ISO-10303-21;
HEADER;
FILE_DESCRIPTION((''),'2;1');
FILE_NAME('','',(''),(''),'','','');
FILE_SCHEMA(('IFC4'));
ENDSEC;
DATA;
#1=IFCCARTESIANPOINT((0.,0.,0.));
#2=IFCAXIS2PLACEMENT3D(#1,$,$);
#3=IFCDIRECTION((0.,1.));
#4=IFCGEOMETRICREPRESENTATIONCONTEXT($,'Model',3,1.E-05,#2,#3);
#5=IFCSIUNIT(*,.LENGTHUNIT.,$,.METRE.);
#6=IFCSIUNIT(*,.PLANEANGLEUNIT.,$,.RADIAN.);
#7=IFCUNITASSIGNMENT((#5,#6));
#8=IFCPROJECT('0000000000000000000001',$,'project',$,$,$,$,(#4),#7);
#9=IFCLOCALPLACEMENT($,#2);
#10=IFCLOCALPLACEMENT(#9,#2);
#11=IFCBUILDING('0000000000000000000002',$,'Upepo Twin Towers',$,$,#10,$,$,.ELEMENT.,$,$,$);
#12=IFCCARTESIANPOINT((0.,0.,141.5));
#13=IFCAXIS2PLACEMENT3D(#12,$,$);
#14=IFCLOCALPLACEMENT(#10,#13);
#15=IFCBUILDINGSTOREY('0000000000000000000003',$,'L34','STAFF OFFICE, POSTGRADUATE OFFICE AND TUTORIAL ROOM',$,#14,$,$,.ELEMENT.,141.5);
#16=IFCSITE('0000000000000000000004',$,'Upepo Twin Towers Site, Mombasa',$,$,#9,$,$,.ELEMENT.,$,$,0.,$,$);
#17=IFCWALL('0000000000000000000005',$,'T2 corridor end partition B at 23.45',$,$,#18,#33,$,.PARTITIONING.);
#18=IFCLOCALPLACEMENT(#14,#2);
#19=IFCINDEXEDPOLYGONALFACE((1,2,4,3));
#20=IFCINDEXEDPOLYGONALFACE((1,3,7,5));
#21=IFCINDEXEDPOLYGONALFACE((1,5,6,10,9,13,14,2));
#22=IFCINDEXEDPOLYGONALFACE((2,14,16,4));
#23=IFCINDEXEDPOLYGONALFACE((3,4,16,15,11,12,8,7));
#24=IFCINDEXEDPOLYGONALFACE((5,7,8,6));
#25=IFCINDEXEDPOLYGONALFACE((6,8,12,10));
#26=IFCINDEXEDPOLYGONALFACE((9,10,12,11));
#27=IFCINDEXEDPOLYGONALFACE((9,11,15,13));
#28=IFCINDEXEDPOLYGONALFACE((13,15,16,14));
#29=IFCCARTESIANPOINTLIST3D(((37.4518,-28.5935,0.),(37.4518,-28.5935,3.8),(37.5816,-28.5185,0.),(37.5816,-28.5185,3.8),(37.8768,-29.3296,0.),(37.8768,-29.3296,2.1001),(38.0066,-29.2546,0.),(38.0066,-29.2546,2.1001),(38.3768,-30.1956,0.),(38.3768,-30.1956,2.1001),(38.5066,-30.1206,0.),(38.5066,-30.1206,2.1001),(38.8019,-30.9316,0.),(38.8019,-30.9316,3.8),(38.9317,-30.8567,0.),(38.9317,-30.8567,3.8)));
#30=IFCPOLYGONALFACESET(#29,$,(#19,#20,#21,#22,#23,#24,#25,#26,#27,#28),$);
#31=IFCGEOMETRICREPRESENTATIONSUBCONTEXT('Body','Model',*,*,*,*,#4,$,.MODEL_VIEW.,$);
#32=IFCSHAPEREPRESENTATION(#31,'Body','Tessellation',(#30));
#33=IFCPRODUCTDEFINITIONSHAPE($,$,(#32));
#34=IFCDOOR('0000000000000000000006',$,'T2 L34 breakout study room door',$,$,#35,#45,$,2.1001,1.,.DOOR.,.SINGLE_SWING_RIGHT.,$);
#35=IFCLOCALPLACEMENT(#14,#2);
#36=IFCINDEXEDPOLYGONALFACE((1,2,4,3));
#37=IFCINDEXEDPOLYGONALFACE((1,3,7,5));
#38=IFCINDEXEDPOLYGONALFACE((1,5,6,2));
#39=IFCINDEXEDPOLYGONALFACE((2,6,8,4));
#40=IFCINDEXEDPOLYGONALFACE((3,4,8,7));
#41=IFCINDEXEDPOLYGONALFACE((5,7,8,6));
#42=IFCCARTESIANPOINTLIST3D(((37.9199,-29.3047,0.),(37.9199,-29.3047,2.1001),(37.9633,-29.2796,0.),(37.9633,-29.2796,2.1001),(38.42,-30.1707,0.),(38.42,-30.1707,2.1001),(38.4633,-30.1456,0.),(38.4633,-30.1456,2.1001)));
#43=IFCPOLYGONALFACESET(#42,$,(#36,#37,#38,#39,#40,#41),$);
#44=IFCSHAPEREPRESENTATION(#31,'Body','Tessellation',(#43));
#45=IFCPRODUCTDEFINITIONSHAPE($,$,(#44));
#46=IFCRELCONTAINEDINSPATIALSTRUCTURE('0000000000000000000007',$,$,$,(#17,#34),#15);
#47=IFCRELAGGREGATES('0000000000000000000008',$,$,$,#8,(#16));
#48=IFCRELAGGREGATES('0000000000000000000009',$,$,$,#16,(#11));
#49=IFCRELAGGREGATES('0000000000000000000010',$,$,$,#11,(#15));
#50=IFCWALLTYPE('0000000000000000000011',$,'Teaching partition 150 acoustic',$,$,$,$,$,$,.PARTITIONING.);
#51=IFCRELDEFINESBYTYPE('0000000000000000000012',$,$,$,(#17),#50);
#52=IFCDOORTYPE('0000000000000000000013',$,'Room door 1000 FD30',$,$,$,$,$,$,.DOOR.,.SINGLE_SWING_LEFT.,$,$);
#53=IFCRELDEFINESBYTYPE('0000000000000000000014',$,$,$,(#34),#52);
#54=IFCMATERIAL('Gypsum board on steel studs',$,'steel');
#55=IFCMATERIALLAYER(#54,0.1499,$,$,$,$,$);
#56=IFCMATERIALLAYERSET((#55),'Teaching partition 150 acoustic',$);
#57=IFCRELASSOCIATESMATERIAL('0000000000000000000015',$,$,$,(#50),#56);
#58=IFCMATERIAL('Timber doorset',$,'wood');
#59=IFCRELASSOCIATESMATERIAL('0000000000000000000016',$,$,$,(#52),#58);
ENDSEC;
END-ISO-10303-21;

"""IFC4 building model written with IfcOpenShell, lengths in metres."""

from ifc_helpers import new_model, si_unit, direction, frame, frame_2d, origin, place, context, subcontext, project, spatial, rectangle, extrude, material, layer, layer_set, type_object, element, fill, save


model = new_model("IFC4")

# Units and contexts
model_context = context("Model", 3, precision=1e-05, world=origin(), true_north=direction((0.0, 1.0)))
body_context = subcontext(model_context, "Body", "Model", "MODEL_VIEW")
ifc_project = project(units=[si_unit("LENGTHUNIT", "METRE"), si_unit("PLANEANGLEUNIT", "RADIAN")], contexts=[model_context])

# Site, building, storey
site_placement = place(None, origin())
site = spatial("IfcSite", under=ifc_project, at=site_placement, Name="Upepo Twin Towers Site, Mombasa", CompositionType="ELEMENT", RefElevation=0.0)
building_placement = place(site_placement, origin())
building = spatial("IfcBuilding", under=site, at=building_placement, Name="Upepo Twin Towers", CompositionType="ELEMENT")
storey_placement = place(building_placement, frame((0.0, 0.0, 141.5)))
storey = spatial("IfcBuildingStorey", under=building, at=storey_placement, Name="L34", Description="STAFF OFFICE, POSTGRADUATE OFFICE AND TUTORIAL ROOM", CompositionType="ELEMENT", Elevation=141.5)

# Shared definitions
ifc_material_1 = material(Name="Gypsum board on steel studs", Category="steel")
ifc_layer_1 = layer(ifc_material_1, 0.1499)
ifc_layer_set_1 = layer_set([ifc_layer_1], Name="Teaching partition 150 acoustic")
wall_type_1 = type_object("IfcWallType", Name="Teaching partition 150 acoustic", PredefinedType="PARTITIONING", material=ifc_layer_set_1)

# Shared definitions
ifc_material_2 = material(Name="Timber doorset", Category="wood")
door_type = type_object("IfcDoorType", Name="Room door 1000 FD30", OperationType="SINGLE_SWING_LEFT", PredefinedType="DOOR", material=ifc_material_2)

# Wall, opening, door
wall_1_placement = place(storey_placement, frame((37.5166, -28.5559, 0.0), z_axis=(0.0, 0.0, 1.0), x_axis=(0.500049, -0.865997, 0.0)))
wall_1 = element("IfcWall", 1, at=wall_1_placement, inside=storey, type_object=wall_type_1, Name="T2 corridor end partition B at 23.45", PredefinedType="PARTITIONING", context=body_context, shape_type="SweptSolid", body=[
    extrude(rectangle(XDim=2.7, YDim=0.1499, at=frame_2d((1.3501, 0.0))), origin(), (0.0, 0.0, 1.0), 3.8),
])
opening_1_placement = place(wall_1_placement, frame((0.8501, 0.0, 0.0)))
opening_1 = element("IfcOpeningElement", 2, at=opening_1_placement, cuts=wall_1, PredefinedType="OPENING", context=body_context, shape_type="SweptSolid", body=[
    extrude(rectangle(XDim=1.0, YDim=2.1001, at=frame_2d((0.5, 1.05))), frame((0.0, 0.085, 0.0), z_axis=(0.0, -1.0, 0.0), x_axis=(1.0, 0.0, 0.0)), (0.0, 0.0, 1.0), 0.1699),
])
door_1_placement = place(opening_1_placement, origin())
door_1 = element("IfcDoor", 3, at=door_1_placement, inside=storey, type_object=door_type, Name="T2 L34 breakout study room door", OperationType="SINGLE_SWING_RIGHT", OverallHeight=2.1001, OverallWidth=1.0, PredefinedType="DOOR", context=body_context, shape_type="SweptSolid", body=[
    extrude(rectangle(XDim=1.0, YDim=2.1001, at=frame_2d((0.5, 1.05))), frame((0.0, 0.0249, 0.0), z_axis=(0.0, -1.0, 0.0), x_axis=(1.0, 0.0, 0.0)), (0.0, 0.0, 1.0), 0.05),
])
fill(opening_1, door_1)

save(model, "model.ifc")
